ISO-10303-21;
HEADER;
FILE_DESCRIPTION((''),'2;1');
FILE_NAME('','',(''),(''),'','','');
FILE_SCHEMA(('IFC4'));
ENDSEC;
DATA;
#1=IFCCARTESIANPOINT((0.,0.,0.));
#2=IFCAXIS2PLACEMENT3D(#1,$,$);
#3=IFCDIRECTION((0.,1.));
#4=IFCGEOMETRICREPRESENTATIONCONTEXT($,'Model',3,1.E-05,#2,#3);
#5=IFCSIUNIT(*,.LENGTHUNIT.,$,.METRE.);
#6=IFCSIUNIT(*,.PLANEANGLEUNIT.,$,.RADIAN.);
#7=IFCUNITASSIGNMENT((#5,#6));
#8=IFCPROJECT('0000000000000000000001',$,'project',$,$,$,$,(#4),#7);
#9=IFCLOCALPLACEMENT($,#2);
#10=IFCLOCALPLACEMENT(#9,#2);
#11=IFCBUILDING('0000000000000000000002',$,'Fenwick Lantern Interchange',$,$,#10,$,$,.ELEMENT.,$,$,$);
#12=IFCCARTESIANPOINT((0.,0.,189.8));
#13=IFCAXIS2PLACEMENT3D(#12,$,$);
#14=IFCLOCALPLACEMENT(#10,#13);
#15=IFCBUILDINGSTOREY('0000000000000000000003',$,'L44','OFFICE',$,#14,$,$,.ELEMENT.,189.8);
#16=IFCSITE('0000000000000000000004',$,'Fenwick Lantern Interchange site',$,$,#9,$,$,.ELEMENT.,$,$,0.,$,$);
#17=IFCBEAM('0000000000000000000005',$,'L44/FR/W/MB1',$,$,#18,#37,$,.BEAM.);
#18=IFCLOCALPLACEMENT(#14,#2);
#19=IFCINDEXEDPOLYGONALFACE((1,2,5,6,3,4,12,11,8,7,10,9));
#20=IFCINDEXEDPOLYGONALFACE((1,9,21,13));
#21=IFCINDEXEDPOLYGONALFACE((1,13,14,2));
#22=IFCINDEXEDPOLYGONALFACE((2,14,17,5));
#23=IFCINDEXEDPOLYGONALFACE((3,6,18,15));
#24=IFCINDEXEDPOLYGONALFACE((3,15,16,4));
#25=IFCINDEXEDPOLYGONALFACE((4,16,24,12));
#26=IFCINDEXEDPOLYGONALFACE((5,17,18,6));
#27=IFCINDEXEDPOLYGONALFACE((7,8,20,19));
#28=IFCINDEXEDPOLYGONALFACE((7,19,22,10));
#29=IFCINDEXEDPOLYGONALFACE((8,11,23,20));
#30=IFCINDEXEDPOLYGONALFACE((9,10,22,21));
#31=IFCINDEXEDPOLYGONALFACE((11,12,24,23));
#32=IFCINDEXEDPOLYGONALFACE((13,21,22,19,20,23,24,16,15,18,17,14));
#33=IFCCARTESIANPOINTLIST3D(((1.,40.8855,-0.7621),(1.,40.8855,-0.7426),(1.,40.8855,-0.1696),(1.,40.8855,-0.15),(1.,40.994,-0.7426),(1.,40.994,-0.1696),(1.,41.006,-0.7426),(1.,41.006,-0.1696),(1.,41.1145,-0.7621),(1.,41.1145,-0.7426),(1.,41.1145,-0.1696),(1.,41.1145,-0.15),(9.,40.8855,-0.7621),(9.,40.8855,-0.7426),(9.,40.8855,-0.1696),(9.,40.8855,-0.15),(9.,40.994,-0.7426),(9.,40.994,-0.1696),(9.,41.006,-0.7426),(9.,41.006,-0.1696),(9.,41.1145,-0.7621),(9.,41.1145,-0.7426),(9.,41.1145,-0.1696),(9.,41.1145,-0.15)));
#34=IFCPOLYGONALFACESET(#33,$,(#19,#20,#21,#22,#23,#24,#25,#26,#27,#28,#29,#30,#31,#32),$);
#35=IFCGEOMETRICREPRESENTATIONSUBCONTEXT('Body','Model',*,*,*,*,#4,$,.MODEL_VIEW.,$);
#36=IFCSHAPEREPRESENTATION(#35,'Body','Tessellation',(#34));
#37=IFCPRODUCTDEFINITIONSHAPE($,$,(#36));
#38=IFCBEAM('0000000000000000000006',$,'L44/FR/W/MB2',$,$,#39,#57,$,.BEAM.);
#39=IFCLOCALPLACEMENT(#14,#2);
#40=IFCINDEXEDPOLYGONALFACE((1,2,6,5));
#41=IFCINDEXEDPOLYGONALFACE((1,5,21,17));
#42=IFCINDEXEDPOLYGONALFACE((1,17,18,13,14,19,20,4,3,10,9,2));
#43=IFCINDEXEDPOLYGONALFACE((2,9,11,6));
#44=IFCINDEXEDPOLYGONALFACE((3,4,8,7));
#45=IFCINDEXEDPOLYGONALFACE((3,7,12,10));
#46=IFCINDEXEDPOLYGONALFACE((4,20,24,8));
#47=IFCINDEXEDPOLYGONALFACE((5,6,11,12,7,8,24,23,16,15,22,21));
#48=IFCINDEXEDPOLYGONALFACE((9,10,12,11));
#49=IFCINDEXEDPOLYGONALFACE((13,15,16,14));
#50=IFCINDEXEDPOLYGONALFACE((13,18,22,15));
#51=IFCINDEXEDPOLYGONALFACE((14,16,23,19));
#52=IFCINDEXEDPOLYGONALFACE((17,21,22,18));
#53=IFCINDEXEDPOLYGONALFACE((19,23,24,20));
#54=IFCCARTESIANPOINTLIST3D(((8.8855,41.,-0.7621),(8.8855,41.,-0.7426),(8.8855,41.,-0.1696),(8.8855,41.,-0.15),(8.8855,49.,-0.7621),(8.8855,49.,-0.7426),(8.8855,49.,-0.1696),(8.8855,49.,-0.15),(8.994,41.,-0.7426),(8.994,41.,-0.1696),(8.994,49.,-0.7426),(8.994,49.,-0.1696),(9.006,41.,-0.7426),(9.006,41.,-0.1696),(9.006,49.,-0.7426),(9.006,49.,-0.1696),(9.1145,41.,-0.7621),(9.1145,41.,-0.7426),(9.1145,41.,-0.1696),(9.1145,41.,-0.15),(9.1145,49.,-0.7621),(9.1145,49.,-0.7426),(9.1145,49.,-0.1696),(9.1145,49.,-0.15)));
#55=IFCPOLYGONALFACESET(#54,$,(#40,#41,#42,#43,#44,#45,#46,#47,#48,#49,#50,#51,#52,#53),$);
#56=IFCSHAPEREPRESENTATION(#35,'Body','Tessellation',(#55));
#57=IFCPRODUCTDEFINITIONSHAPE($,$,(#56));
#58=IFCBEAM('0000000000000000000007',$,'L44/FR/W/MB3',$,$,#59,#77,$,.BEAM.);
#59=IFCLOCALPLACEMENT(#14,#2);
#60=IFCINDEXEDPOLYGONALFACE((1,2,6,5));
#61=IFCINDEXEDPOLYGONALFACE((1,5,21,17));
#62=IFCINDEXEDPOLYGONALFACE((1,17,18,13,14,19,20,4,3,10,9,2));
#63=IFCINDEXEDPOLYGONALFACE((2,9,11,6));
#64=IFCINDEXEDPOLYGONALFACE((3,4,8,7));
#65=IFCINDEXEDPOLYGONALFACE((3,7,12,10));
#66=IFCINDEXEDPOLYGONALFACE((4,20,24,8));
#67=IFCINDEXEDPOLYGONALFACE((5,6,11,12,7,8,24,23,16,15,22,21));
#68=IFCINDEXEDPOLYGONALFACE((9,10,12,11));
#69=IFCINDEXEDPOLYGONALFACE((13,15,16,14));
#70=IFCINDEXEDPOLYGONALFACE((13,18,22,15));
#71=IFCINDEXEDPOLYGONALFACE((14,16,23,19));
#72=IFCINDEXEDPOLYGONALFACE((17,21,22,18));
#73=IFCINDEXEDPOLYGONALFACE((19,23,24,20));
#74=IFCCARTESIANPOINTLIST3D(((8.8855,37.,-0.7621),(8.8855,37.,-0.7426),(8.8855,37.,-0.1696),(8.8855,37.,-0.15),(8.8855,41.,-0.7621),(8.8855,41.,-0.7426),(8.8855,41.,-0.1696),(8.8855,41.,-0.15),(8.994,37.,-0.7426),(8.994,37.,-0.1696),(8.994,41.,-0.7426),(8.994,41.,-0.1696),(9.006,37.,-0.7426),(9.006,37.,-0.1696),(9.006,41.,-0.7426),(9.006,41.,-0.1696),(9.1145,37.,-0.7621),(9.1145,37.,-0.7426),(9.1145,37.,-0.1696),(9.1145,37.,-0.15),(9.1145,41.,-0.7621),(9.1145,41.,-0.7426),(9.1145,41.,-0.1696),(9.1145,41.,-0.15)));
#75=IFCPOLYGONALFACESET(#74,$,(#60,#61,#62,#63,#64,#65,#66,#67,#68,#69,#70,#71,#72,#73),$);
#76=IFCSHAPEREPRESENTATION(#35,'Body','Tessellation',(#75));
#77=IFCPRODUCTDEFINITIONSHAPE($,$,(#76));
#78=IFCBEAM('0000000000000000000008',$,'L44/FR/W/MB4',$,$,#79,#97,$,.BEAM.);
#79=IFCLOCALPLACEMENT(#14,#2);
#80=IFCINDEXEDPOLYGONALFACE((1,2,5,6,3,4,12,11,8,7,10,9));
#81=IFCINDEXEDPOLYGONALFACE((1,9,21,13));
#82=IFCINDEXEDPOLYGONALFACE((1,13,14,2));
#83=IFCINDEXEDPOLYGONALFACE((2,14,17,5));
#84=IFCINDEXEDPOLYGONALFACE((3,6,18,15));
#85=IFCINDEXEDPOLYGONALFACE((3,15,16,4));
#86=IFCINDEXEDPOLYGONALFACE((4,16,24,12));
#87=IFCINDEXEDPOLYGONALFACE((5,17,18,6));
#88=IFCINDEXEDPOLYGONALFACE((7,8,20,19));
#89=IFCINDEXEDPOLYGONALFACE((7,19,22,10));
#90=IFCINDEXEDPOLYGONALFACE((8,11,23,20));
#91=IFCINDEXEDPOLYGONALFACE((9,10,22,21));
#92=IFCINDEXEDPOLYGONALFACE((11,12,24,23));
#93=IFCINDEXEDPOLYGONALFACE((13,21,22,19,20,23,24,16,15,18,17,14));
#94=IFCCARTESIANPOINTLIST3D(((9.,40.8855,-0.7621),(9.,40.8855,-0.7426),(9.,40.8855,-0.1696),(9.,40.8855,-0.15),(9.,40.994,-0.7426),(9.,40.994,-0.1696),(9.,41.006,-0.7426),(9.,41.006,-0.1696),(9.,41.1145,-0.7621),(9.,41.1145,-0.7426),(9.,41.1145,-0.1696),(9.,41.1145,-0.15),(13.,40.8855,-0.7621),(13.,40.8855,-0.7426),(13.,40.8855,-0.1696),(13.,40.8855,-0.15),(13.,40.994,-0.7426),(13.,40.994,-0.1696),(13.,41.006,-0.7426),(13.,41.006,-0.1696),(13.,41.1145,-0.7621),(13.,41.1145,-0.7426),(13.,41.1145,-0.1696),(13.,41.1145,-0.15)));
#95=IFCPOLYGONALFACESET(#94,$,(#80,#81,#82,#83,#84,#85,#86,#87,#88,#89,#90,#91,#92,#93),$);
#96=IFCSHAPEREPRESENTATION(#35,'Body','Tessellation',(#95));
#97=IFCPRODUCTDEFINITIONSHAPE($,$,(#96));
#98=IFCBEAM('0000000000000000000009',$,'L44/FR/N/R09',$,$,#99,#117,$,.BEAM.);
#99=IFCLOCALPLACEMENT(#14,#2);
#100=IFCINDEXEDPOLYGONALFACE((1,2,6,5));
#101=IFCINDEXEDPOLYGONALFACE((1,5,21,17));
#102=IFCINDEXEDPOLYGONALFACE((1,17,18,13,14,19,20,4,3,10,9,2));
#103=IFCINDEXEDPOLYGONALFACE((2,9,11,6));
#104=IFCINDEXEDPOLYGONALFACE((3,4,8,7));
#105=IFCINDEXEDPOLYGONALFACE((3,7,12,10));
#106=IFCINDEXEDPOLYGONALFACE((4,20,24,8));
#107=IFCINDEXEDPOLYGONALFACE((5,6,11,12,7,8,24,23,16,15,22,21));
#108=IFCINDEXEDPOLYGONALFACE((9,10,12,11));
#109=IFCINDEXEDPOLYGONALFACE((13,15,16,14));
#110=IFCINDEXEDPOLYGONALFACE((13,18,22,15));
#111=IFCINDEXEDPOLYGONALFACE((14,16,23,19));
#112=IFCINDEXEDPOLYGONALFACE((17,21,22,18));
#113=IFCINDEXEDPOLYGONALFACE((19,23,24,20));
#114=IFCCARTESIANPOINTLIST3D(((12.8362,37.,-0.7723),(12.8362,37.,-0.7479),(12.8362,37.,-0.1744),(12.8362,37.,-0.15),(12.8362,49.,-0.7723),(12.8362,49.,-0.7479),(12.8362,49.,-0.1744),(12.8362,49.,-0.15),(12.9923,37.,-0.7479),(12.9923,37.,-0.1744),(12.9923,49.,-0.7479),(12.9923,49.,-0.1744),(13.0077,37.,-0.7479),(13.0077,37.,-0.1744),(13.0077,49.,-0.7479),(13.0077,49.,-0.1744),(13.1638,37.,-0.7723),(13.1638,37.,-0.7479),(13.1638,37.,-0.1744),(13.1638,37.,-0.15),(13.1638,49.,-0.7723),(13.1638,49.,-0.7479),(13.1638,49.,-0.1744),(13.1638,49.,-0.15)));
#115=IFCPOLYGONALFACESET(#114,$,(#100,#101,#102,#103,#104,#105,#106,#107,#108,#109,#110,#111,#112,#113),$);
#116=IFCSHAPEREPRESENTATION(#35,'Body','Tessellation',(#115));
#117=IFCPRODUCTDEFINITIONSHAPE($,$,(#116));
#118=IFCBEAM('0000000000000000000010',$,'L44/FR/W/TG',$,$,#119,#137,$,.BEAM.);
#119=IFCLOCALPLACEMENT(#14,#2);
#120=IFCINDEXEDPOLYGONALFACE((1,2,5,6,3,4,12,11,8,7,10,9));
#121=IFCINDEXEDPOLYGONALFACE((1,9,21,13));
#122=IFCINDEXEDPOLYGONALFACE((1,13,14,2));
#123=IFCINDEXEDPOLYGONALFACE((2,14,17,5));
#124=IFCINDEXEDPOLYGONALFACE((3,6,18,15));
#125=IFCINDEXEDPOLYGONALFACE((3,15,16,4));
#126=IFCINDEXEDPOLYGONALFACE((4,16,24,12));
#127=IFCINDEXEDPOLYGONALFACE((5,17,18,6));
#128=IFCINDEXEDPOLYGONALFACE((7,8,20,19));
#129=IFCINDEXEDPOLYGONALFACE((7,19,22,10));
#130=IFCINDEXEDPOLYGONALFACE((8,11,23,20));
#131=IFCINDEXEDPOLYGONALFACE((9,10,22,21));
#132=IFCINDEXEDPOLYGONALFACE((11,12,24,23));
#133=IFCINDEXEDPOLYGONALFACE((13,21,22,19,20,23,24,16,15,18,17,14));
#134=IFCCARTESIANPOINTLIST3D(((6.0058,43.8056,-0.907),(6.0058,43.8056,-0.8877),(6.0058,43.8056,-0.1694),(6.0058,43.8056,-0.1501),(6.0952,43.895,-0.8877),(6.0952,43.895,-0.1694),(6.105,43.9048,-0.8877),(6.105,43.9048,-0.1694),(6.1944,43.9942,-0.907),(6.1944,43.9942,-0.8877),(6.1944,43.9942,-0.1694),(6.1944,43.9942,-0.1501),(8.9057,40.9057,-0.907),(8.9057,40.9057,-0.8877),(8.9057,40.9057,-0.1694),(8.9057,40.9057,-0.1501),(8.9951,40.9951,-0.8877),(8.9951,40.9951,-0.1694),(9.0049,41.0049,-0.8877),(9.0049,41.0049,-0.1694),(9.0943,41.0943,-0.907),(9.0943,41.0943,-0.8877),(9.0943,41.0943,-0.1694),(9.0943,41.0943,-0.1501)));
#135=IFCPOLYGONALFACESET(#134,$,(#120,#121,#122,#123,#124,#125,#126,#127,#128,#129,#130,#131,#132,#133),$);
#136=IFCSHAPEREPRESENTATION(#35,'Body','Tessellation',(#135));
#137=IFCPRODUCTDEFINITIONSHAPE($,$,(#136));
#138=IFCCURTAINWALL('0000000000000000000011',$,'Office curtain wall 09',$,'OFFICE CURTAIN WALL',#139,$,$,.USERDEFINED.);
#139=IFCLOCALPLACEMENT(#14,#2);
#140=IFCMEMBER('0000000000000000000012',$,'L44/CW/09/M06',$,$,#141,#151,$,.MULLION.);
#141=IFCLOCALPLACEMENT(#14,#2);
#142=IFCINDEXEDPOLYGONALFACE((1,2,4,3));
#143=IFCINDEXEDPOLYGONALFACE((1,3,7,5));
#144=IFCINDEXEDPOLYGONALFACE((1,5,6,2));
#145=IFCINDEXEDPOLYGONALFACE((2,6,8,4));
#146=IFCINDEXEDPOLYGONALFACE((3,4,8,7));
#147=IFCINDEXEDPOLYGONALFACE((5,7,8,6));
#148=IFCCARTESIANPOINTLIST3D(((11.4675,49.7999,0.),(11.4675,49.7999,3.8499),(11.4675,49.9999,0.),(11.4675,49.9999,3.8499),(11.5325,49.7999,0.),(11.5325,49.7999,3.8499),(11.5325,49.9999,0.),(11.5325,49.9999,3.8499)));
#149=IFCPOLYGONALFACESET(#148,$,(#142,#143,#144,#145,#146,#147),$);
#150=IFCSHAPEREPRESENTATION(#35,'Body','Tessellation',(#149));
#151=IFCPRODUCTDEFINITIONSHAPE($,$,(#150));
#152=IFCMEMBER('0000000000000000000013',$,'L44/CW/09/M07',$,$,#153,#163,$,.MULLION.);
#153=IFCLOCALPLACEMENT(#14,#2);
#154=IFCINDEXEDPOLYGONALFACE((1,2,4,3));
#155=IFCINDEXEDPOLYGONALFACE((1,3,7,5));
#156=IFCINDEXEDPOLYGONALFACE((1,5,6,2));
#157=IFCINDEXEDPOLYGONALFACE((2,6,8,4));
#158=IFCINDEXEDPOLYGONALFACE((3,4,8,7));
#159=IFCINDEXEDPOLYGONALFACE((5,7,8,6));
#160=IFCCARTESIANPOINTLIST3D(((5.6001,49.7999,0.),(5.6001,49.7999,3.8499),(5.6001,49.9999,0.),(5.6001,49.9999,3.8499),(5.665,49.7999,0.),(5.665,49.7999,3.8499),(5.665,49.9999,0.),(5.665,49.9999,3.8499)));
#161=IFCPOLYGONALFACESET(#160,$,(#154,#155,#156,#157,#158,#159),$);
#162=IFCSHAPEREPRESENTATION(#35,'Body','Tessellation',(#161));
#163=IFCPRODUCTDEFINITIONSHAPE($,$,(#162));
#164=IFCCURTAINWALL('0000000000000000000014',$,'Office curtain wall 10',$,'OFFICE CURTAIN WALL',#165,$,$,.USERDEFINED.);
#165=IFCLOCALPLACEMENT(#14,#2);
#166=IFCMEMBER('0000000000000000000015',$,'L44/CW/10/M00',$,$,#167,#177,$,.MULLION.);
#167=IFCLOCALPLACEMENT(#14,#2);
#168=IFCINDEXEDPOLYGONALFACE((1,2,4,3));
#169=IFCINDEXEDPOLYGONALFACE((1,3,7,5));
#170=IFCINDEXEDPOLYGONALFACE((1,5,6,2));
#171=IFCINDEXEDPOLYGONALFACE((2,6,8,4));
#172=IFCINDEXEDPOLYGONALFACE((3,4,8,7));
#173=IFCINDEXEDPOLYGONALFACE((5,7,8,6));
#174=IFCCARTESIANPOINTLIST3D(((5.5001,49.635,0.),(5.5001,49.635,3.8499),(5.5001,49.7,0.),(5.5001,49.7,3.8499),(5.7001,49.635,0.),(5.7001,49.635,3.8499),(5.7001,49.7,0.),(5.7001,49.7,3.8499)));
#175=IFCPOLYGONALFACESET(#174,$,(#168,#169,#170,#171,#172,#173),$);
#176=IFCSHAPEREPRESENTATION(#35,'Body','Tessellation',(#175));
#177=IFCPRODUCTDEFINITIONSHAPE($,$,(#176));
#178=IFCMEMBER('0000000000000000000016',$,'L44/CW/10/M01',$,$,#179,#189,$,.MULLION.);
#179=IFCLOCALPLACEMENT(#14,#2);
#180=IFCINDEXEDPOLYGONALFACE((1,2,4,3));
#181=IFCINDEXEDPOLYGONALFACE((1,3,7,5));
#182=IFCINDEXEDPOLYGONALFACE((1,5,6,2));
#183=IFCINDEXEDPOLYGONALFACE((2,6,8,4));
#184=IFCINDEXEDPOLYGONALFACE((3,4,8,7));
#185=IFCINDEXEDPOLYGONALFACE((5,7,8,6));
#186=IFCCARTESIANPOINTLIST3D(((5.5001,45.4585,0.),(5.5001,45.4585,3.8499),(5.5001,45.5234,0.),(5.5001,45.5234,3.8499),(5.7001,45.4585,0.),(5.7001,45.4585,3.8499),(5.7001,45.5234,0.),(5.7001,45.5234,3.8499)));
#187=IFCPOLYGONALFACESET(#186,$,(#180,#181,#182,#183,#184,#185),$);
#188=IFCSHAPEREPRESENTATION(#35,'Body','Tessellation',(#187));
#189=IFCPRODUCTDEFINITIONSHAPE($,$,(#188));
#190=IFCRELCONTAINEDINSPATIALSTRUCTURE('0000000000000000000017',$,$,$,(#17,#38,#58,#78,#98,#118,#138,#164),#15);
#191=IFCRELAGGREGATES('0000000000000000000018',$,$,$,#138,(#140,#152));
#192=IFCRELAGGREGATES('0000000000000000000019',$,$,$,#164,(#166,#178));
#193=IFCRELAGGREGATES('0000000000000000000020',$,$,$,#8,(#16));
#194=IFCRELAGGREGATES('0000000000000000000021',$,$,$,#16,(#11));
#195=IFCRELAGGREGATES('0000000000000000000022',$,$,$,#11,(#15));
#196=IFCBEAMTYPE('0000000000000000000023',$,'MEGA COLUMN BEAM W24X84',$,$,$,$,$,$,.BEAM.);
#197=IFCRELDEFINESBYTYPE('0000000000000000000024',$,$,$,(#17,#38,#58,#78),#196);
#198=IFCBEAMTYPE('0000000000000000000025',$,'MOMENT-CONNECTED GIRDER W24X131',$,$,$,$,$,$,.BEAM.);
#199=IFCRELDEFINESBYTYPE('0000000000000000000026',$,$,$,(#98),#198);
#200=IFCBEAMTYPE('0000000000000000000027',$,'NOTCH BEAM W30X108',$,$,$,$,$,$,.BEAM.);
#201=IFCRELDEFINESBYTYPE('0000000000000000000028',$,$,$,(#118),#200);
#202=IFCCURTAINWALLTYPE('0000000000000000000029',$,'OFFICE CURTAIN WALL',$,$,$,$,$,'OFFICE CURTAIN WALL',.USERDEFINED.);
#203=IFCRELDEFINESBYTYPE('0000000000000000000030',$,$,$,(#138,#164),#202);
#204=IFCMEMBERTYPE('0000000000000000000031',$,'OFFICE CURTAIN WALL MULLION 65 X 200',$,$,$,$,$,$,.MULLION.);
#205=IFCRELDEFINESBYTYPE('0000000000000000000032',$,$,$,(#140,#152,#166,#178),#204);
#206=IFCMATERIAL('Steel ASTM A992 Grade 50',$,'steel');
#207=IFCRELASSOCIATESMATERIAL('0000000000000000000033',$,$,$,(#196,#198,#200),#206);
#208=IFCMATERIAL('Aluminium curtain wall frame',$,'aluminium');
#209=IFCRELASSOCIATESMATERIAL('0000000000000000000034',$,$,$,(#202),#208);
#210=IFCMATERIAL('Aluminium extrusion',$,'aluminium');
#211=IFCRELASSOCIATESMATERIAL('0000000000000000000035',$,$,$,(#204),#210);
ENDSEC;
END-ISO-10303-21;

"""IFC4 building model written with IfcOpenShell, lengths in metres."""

from ifc_helpers import new_model, si_unit, direction, frame, origin, origin_2d, place, context, subcontext, project, spatial, rectangle, i_section, extrude, material, material_profile, profile_set, type_object, element, aggregate, save


model = new_model("IFC4")

# Units and contexts
model_context = context("Model", 3, precision=1e-05, world=origin(), true_north=direction((0.0, 1.0)))
body_context = subcontext(model_context, "Body", "Model", "MODEL_VIEW")
ifc_project = project(units=[si_unit("LENGTHUNIT", "METRE"), si_unit("PLANEANGLEUNIT", "RADIAN")], contexts=[model_context])

# Site, building, storey
site_placement = place(None, origin())
site = spatial("IfcSite", under=ifc_project, at=site_placement, Name="Fenwick Lantern Interchange site", CompositionType="ELEMENT", RefElevation=0.0)
building_placement = place(site_placement, origin())
building = spatial("IfcBuilding", under=site, at=building_placement, Name="Fenwick Lantern Interchange", CompositionType="ELEMENT")
storey_placement = place(building_placement, frame((0.0, 0.0, 189.8)))
storey = spatial("IfcBuildingStorey", under=building, at=storey_placement, Name="L44", Description="OFFICE", CompositionType="ELEMENT", Elevation=189.8)

# Shared definitions
ifc_material_1 = material(Name="Steel ASTM A992 Grade 50", Category="steel")

# Beams
ifc_material_profile_1 = material_profile(ifc_material_1, i_section(OverallWidth=0.229, OverallDepth=0.6121, WebThickness=0.012, FlangeThickness=0.0195, at=origin_2d()), Name="W24X84")
ifc_profile_set_1 = profile_set([ifc_material_profile_1], Name="Steel ASTM A992 Grade 50")
beam_type_1 = type_object("IfcBeamType", Name="MEGA COLUMN BEAM W24X84", PredefinedType="BEAM", material=ifc_profile_set_1)
for number, where, z_axis, x_axis, name in (
    (1, (9.0, 41.0, -0.4561), (-1.0, 0.0, 0.0), (0.0, -1.0, 0.0), "L44/FR/W/MB1"),
    (2, (9.0, 41.0, -0.4561), (0.0, 1.0, 0.0), (-1.0, 0.0, 0.0), "L44/FR/W/MB2"),
):
    element("IfcBeam", number, at=place(storey_placement, frame(where, z_axis=z_axis, x_axis=x_axis)), inside=storey, type_object=beam_type_1, Name=name, PredefinedType="BEAM", context=body_context, shape_type="SweptSolid", body=[
        extrude(i_section(OverallWidth=0.229, OverallDepth=0.6121, WebThickness=0.012, FlangeThickness=0.0195, at=origin_2d()), origin(), (0.0, 0.0, 1.0), 8.0),
    ])
for number, where, z_axis, x_axis, name in (
    (3, (9.0, 41.0, -0.4561), (0.0, -1.0, 0.0), (1.0, 0.0, 0.0), "L44/FR/W/MB3"),
    (4, (9.0, 41.0, -0.4561), (1.0, 0.0, 0.0), (0.0, 1.0, 0.0), "L44/FR/W/MB4"),
):
    element("IfcBeam", number, at=place(storey_placement, frame(where, z_axis=z_axis, x_axis=x_axis)), inside=storey, type_object=beam_type_1, Name=name, PredefinedType="BEAM", context=body_context, shape_type="SweptSolid", body=[
        extrude(i_section(OverallWidth=0.229, OverallDepth=0.6121, WebThickness=0.012, FlangeThickness=0.0195, at=origin_2d()), origin(), (0.0, 0.0, 1.0), 4.0),
    ])
ifc_material_profile_2 = material_profile(ifc_material_1, i_section(OverallWidth=0.3276, OverallDepth=0.6223, WebThickness=0.0154, FlangeThickness=0.0244, at=origin_2d()), Name="W24X131")
ifc_profile_set_2 = profile_set([ifc_material_profile_2], Name="Steel ASTM A992 Grade 50")
beam_type_2 = type_object("IfcBeamType", Name="MOMENT-CONNECTED GIRDER W24X131", PredefinedType="BEAM", material=ifc_profile_set_2)
beam_1_placement = place(storey_placement, frame((13.0, 49.0, -0.4612), z_axis=(0.0, -1.0, 0.0), x_axis=(1.0, 0.0, 0.0)))
element("IfcBeam", 5, at=beam_1_placement, inside=storey, type_object=beam_type_2, Name="L44/FR/N/R09", PredefinedType="BEAM", context=body_context, shape_type="SweptSolid", body=[
    extrude(i_section(OverallWidth=0.3276, OverallDepth=0.6223, WebThickness=0.0154, FlangeThickness=0.0244, at=origin_2d()), origin(), (0.0, 0.0, 1.0), 12.0),
])
ifc_material_profile_3 = material_profile(ifc_material_1, i_section(OverallWidth=0.2666, OverallDepth=0.7568, WebThickness=0.0139, FlangeThickness=0.0193, at=origin_2d()), Name="W30X108")
ifc_profile_set_3 = profile_set([ifc_material_profile_3], Name="Steel ASTM A992 Grade 50")
beam_type_3 = type_object("IfcBeamType", Name="NOTCH BEAM W30X108", PredefinedType="BEAM", material=ifc_profile_set_3)
beam_2_placement = place(storey_placement, frame((9.0, 41.0, -0.5286), z_axis=(-0.707107, 0.707107, 0.0), x_axis=(-0.707107, -0.707107, 0.0)))
element("IfcBeam", 6, at=beam_2_placement, inside=storey, type_object=beam_type_3, Name="L44/FR/W/TG", PredefinedType="BEAM", context=body_context, shape_type="SweptSolid", body=[
    extrude(i_section(OverallWidth=0.2666, OverallDepth=0.7568, WebThickness=0.0139, FlangeThickness=0.0193, at=origin_2d()), origin(), (0.0, 0.0, 1.0), 4.1011),
])

# Curtain walls, members
ifc_material_2 = material(Name="Aluminium curtain wall frame", Category="aluminium")
curtain_wall_type = type_object("IfcCurtainWallType", Name="OFFICE CURTAIN WALL", ElementType="OFFICE CURTAIN WALL", PredefinedType="USERDEFINED", material=ifc_material_2)
curtain_wall_1_placement = place(storey_placement, origin())
curtain_wall_1 = element("IfcCurtainWall", 7, at=curtain_wall_1_placement, inside=storey, type_object=curtain_wall_type, Name="Office curtain wall 09", ObjectType="OFFICE CURTAIN WALL", PredefinedType="USERDEFINED")
ifc_material_3 = material(Name="Aluminium extrusion", Category="aluminium")
ifc_material_profile_4 = material_profile(ifc_material_3, rectangle(XDim=0.2, YDim=0.0649, at=origin_2d()), Name="OFFICE CURTAIN WALL MULLION 65 X 200")
ifc_profile_set_4 = profile_set([ifc_material_profile_4], Name="Aluminium extrusion")
member_type_1 = type_object("IfcMemberType", Name="OFFICE CURTAIN WALL MULLION 65 X 200", PredefinedType="MULLION", material=ifc_profile_set_4)
member_1_placement = place(storey_placement, frame((11.5, 49.8999, 0.0), z_axis=(0.0, 0.0, 1.0), x_axis=(0.0, -1.0, 0.0)))
member_1 = element("IfcMember", 8, at=member_1_placement, type_object=member_type_1, Name="L44/CW/09/M06", PredefinedType="MULLION", context=body_context, shape_type="SweptSolid", body=[
    extrude(rectangle(XDim=0.2, YDim=0.0649, at=origin_2d()), origin(), (0.0, 0.0, 1.0), 3.8499),
])
member_2_placement = place(storey_placement, frame((5.6326, 49.8999, 0.0), z_axis=(0.0, 0.0, 1.0), x_axis=(0.0, -1.0, 0.0)))
member_2 = element("IfcMember", 9, at=member_2_placement, type_object=member_type_1, Name="L44/CW/09/M07", PredefinedType="MULLION", context=body_context, shape_type="SweptSolid", body=[
    extrude(rectangle(XDim=0.2, YDim=0.0649, at=origin_2d()), origin(), (0.0, 0.0, 1.0), 3.8499),
])
curtain_wall_2_placement = place(storey_placement, origin())
curtain_wall_2 = element("IfcCurtainWall", 10, at=curtain_wall_2_placement, inside=storey, type_object=curtain_wall_type, Name="Office curtain wall 10", ObjectType="OFFICE CURTAIN WALL", PredefinedType="USERDEFINED")
member_3_placement = place(storey_placement, frame((5.6001, 49.6675, 0.0), z_axis=(0.0, 0.0, 1.0), x_axis=(1.0, 0.0, 0.0)))
member_3 = element("IfcMember", 11, at=member_3_placement, type_object=member_type_1, Name="L44/CW/10/M00", PredefinedType="MULLION", context=body_context, shape_type="SweptSolid", body=[
    extrude(rectangle(XDim=0.2, YDim=0.0649, at=origin_2d()), origin(), (0.0, 0.0, 1.0), 3.8499),
])
member_4_placement = place(storey_placement, frame((5.6001, 45.491, 0.0), z_axis=(0.0, 0.0, 1.0), x_axis=(1.0, 0.0, 0.0)))
member_4 = element("IfcMember", 12, at=member_4_placement, type_object=member_type_1, Name="L44/CW/10/M01", PredefinedType="MULLION", context=body_context, shape_type="SweptSolid", body=[
    extrude(rectangle(XDim=0.2, YDim=0.0649, at=origin_2d()), origin(), (0.0, 0.0, 1.0), 3.8499),
])

aggregate(curtain_wall_1, [member_1, member_2])

aggregate(curtain_wall_2, [member_3, member_4])

save(model, "model.ifc")
